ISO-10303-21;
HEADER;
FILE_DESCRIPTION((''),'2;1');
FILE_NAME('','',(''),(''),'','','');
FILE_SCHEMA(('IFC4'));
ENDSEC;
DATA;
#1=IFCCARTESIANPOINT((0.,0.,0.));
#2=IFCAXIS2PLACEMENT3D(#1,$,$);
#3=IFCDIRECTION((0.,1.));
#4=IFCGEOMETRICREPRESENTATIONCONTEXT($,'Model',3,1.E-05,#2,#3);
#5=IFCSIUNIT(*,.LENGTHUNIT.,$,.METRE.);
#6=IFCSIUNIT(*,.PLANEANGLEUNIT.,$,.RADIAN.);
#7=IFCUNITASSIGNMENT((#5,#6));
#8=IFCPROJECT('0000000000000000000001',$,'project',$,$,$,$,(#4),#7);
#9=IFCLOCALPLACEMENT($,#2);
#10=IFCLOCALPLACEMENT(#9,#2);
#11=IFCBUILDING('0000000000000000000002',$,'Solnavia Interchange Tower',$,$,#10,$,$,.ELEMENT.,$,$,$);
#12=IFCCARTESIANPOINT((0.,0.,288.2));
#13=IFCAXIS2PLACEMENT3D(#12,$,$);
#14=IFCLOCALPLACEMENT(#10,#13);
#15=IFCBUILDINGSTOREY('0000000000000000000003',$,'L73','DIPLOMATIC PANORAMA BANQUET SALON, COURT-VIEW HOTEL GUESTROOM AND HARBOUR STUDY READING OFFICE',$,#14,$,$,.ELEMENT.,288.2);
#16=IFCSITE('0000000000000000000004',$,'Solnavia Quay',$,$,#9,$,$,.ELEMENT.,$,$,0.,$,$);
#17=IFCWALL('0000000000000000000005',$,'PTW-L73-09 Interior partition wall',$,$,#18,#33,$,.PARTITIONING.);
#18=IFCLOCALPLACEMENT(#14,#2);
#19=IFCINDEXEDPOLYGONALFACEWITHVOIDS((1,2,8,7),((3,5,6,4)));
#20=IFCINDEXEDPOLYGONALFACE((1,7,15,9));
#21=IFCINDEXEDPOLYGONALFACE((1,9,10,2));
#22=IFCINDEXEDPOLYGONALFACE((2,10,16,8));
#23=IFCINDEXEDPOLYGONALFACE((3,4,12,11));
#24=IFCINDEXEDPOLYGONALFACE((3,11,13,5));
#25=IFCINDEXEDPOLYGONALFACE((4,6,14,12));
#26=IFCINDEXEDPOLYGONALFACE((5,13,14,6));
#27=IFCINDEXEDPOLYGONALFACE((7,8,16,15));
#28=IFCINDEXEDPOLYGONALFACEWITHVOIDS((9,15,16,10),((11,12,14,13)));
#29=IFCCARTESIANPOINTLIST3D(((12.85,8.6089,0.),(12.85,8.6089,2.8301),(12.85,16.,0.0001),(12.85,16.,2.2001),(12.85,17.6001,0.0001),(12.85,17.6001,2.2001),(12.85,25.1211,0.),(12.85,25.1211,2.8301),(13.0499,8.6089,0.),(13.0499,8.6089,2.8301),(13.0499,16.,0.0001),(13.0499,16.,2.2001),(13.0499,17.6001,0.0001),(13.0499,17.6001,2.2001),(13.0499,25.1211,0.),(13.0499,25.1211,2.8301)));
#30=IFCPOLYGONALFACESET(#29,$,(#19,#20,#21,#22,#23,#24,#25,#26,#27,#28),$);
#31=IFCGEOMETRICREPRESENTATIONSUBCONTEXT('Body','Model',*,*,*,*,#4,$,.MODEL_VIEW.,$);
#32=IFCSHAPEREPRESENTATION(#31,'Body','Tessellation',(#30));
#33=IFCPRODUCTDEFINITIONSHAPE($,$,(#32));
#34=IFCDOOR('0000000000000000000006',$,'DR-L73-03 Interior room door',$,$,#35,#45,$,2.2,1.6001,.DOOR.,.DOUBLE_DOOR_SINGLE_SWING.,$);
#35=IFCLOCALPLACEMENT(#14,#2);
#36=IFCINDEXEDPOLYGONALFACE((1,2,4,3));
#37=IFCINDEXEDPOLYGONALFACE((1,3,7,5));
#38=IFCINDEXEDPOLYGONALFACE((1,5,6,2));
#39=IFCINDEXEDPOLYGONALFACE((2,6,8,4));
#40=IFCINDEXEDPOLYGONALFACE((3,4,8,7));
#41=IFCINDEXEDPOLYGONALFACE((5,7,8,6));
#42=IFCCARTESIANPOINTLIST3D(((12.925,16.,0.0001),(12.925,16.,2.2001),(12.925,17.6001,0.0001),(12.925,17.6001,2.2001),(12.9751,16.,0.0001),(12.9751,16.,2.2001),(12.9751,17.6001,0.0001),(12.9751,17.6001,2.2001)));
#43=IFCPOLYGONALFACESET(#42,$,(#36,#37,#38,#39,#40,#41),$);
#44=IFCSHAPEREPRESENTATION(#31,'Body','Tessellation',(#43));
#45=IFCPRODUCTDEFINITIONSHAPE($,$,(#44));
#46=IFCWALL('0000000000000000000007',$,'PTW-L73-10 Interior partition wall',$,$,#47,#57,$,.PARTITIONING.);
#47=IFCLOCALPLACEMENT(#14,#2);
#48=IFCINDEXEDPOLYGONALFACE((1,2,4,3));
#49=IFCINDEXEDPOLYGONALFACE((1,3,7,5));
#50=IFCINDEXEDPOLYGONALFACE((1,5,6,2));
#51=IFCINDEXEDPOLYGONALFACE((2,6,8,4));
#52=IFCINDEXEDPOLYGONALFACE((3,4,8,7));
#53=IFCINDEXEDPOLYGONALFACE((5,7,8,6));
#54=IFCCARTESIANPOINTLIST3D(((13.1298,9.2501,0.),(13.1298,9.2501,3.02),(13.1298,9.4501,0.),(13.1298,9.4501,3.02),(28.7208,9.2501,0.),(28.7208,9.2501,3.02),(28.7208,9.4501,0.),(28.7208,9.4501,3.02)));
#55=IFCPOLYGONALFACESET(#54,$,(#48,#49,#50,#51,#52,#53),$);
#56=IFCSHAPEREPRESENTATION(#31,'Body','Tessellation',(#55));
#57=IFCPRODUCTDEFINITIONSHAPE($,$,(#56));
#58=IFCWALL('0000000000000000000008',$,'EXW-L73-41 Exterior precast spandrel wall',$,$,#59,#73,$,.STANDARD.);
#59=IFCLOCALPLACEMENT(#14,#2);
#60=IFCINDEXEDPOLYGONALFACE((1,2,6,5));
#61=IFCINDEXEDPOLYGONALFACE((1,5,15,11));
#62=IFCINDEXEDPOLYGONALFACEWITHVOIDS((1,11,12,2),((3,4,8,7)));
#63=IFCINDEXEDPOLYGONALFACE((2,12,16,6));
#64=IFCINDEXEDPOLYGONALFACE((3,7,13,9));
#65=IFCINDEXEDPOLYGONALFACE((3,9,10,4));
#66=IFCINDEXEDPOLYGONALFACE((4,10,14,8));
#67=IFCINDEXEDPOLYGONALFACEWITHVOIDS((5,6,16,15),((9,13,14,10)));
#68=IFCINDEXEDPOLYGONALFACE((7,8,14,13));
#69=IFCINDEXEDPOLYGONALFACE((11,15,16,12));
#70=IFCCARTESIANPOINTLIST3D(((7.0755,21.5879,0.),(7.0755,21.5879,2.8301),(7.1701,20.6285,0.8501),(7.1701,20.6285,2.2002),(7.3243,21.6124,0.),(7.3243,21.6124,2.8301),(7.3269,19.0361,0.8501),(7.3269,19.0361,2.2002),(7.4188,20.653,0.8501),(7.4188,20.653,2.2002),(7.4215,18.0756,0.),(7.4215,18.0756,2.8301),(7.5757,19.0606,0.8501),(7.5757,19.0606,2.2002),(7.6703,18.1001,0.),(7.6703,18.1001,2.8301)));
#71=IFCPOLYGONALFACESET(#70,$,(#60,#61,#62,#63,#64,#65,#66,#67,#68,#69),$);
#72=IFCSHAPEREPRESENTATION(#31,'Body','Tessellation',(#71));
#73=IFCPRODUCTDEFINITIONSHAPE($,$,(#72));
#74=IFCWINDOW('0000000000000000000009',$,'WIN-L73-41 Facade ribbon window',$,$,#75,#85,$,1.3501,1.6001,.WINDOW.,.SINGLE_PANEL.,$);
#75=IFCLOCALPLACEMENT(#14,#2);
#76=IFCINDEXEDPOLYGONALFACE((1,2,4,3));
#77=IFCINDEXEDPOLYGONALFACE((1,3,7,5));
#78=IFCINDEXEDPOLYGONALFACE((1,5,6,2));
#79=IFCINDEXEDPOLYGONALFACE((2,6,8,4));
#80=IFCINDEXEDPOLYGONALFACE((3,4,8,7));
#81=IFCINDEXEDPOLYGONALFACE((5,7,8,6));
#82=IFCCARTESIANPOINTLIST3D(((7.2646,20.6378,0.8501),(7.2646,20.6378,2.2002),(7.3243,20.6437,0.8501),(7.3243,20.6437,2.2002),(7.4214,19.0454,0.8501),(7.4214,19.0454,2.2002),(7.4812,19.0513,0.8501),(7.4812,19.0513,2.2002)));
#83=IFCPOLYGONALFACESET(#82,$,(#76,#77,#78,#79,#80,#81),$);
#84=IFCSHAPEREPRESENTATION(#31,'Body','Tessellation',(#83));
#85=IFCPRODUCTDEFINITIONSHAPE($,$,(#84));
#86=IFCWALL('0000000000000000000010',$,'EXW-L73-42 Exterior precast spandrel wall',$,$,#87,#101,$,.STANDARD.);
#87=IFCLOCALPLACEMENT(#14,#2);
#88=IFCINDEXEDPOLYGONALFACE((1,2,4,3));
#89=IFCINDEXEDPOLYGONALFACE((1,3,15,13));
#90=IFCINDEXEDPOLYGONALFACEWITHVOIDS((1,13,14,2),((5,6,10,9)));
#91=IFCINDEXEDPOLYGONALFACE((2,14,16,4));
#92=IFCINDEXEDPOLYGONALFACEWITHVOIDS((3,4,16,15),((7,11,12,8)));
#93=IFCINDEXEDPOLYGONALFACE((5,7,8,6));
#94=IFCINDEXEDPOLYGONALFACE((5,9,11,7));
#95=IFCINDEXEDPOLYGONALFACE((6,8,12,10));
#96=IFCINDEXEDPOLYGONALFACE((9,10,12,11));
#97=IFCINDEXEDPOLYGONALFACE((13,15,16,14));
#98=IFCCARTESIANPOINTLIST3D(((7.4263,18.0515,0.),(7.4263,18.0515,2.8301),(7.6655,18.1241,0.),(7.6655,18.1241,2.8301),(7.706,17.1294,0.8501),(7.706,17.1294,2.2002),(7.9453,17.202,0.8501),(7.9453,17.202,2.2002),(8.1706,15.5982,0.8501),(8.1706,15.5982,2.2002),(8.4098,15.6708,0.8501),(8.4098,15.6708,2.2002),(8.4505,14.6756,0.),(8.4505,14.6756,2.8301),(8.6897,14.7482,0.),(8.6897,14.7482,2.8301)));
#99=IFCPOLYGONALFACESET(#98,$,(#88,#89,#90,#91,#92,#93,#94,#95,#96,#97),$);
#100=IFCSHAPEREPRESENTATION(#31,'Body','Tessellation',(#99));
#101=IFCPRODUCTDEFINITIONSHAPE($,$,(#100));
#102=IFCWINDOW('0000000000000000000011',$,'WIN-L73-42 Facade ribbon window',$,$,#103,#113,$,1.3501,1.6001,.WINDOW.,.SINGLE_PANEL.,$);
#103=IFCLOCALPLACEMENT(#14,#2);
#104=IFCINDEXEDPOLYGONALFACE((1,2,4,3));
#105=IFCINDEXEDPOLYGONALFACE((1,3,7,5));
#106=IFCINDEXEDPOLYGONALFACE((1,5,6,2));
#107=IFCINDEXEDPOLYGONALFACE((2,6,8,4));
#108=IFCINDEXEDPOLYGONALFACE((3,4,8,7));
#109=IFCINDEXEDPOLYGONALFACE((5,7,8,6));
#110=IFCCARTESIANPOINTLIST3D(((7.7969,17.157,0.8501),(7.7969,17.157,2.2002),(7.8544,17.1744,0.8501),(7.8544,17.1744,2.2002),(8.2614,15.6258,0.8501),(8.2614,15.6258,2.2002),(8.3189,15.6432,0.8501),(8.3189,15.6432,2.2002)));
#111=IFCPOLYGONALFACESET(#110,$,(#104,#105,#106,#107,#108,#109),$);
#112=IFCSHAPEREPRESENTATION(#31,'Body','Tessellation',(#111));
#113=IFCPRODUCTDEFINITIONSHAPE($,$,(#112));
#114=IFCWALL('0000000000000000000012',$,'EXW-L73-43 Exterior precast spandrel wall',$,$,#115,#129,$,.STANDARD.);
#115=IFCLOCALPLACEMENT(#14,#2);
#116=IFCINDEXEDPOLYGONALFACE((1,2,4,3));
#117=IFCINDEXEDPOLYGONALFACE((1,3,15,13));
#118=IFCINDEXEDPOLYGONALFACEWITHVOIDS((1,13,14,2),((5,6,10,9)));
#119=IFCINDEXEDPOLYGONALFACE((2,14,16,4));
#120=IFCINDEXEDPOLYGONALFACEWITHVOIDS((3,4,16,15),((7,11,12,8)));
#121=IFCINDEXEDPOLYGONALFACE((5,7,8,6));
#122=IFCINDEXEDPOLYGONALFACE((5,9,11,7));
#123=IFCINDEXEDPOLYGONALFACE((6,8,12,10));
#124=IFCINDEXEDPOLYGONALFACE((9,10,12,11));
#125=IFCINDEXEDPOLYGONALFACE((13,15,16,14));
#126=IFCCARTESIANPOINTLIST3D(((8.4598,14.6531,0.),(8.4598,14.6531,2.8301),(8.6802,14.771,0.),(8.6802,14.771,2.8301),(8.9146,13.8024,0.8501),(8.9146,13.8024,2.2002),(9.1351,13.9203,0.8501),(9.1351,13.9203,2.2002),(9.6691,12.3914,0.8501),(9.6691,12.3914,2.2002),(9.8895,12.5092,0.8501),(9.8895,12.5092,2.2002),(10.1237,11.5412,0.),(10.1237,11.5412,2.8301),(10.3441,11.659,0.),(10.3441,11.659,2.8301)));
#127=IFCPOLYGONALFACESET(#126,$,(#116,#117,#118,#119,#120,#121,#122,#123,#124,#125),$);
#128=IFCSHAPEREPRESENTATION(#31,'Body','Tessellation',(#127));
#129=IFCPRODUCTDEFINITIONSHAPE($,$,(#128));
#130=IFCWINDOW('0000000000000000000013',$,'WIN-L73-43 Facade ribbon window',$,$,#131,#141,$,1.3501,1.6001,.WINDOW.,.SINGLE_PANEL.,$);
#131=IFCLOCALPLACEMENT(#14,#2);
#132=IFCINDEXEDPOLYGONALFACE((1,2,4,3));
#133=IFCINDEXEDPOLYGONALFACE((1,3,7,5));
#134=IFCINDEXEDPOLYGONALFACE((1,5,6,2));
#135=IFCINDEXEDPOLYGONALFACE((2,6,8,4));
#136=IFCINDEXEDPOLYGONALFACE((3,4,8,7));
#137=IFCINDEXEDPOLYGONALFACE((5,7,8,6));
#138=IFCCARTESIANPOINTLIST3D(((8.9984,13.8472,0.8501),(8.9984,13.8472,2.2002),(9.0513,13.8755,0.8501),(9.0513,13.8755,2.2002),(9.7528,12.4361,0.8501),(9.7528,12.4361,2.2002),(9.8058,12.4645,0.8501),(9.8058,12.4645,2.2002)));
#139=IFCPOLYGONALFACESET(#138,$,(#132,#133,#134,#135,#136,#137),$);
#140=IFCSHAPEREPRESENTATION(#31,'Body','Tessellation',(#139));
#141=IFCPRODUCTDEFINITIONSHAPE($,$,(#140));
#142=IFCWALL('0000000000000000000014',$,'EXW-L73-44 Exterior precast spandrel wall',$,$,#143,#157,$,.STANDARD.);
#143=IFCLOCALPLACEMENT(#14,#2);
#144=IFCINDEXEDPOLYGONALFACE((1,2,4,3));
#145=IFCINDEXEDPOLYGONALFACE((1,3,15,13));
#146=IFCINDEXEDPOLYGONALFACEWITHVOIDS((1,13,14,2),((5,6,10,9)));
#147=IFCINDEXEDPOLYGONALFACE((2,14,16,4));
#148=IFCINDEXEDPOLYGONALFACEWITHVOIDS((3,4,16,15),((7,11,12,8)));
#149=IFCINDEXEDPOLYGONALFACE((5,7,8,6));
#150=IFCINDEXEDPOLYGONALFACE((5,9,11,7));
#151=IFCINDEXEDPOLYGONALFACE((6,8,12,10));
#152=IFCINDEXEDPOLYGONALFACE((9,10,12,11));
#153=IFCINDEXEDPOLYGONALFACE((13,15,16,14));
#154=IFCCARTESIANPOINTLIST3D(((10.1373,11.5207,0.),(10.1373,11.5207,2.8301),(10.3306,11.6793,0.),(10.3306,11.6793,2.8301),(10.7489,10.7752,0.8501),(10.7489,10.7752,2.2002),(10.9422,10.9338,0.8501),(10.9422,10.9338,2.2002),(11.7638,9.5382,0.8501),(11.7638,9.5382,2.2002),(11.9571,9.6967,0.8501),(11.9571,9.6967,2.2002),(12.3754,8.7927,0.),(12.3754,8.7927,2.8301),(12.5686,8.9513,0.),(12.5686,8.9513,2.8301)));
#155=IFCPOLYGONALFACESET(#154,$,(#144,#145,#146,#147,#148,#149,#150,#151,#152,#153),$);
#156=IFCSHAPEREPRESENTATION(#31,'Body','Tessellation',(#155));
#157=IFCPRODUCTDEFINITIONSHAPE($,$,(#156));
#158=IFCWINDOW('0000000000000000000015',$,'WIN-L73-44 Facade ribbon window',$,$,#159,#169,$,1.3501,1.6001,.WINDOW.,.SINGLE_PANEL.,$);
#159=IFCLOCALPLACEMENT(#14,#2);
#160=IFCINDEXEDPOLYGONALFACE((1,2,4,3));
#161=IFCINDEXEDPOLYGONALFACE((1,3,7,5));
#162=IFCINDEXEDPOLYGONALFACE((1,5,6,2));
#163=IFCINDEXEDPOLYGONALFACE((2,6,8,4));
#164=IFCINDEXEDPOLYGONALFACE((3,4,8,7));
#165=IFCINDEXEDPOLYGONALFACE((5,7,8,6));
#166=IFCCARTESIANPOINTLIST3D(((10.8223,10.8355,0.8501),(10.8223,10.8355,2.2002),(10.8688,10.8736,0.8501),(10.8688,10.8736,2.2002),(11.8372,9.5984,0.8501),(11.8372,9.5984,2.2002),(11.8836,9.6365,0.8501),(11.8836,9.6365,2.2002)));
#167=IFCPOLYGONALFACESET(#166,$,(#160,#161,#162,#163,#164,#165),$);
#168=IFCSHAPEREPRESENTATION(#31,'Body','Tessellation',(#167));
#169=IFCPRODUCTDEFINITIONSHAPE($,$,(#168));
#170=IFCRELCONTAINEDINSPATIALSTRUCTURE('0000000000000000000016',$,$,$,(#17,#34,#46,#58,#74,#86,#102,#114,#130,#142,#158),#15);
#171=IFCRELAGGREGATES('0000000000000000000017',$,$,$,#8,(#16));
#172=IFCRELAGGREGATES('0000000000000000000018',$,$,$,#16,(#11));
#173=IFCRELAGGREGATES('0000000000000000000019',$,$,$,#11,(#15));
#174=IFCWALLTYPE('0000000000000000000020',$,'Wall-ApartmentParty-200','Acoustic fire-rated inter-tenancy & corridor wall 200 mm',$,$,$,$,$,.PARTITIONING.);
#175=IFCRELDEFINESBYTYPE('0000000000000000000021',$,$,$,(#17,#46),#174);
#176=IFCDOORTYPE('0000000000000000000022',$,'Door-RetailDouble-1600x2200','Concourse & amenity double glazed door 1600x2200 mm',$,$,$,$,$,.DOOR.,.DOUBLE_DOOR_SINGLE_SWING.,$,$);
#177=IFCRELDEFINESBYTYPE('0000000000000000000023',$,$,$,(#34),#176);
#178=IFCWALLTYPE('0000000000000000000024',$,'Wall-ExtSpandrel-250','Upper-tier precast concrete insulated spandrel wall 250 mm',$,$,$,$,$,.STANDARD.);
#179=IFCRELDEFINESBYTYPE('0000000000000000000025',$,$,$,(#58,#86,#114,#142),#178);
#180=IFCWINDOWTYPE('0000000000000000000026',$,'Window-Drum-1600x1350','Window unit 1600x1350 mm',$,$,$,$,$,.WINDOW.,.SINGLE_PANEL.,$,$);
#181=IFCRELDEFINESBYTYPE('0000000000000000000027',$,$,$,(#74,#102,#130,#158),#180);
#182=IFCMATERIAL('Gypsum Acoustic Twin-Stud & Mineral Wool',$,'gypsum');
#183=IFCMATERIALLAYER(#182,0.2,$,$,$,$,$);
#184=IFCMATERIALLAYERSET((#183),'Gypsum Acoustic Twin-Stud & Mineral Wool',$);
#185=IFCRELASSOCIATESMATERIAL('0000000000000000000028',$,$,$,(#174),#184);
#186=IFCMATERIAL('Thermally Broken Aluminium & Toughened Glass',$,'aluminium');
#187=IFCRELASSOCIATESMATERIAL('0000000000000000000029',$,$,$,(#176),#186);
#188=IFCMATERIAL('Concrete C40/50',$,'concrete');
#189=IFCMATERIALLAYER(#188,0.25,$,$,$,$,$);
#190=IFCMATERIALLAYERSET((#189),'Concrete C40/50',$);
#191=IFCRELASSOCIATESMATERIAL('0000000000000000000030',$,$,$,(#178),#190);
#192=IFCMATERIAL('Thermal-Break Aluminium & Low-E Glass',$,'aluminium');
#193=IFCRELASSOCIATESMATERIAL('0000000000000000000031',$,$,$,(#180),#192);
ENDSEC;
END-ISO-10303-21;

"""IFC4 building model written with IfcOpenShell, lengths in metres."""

from ifc_helpers import new_model, si_unit, direction, frame, frame_2d, origin, place, context, subcontext, project, spatial, rectangle, extrude, material, layer, layer_set, type_object, element, fill, save


model = new_model("IFC4")

# Units and contexts
model_context = context("Model", 3, precision=1e-05, world=origin(), true_north=direction((0.0, 1.0)))
body_context = subcontext(model_context, "Body", "Model", "MODEL_VIEW")
ifc_project = project(units=[si_unit("LENGTHUNIT", "METRE"), si_unit("PLANEANGLEUNIT", "RADIAN")], contexts=[model_context])

# Site, building, storey
site_placement = place(None, origin())
site = spatial("IfcSite", under=ifc_project, at=site_placement, Name="Solnavia Quay", CompositionType="ELEMENT", RefElevation=0.0)
building_placement = place(site_placement, origin())
building = spatial("IfcBuilding", under=site, at=building_placement, Name="Solnavia Interchange Tower", CompositionType="ELEMENT")
storey_placement = place(building_placement, frame((0.0, 0.0, 288.2)))
storey = spatial("IfcBuildingStorey", under=building, at=storey_placement, Name="L73", Description="DIPLOMATIC PANORAMA BANQUET SALON, COURT-VIEW HOTEL GUESTROOM AND HARBOUR STUDY READING OFFICE", CompositionType="ELEMENT", Elevation=288.2)

# Shared definitions
ifc_material_1 = material(Name="Concrete C40/50", Category="concrete")

# Wall, opening, door
ifc_material_2 = material(Name="Gypsum Acoustic Twin-Stud & Mineral Wool", Category="gypsum")
ifc_layer_1 = layer(ifc_material_2, 0.2)
ifc_layer_set_1 = layer_set([ifc_layer_1], Name="Gypsum Acoustic Twin-Stud & Mineral Wool")
wall_type_1 = type_object("IfcWallType", Name="Wall-ApartmentParty-200", Description="Acoustic fire-rated inter-tenancy & corridor wall 200 mm", PredefinedType="PARTITIONING", material=ifc_layer_set_1)
wall_1_placement = place(storey_placement, frame((12.95, 8.6089, 0.0), z_axis=(0.0, 0.0, 1.0), x_axis=(0.0, 1.0, 0.0)))
wall_1 = element("IfcWall", 1, at=wall_1_placement, inside=storey, type_object=wall_type_1, Name="PTW-L73-09 Interior partition wall", PredefinedType="PARTITIONING", context=body_context, shape_type="SweptSolid", body=[
    extrude(rectangle(XDim=16.5122, YDim=0.2, at=frame_2d((8.2561, 0.0))), origin(), (0.0, 0.0, 1.0), 2.8301),
])
opening_1_placement = place(wall_1_placement, frame((7.3911, 0.0, 0.0)))
opening_1 = element("IfcOpeningElement", 2, at=opening_1_placement, cuts=wall_1, PredefinedType="OPENING", context=body_context, shape_type="SweptSolid", body=[
    extrude(rectangle(XDim=1.6001, YDim=2.2, at=frame_2d((0.8, 1.1001))), frame((0.0, 0.1099, 0.0), z_axis=(0.0, -1.0, 0.0), x_axis=(1.0, 0.0, 0.0)), (0.0, 0.0, 1.0), 0.22),
])
ifc_material_3 = material(Name="Thermally Broken Aluminium & Toughened Glass", Category="aluminium")
door_type = type_object("IfcDoorType", Name="Door-RetailDouble-1600x2200", Description="Concourse & amenity double glazed door 1600x2200 mm", OperationType="DOUBLE_DOOR_SINGLE_SWING", PredefinedType="DOOR", material=ifc_material_3)
door_placement = place(opening_1_placement, origin())
door = element("IfcDoor", 3, at=door_placement, inside=storey, type_object=door_type, Name="DR-L73-03 Interior room door", OperationType="DOUBLE_DOOR_SINGLE_SWING", OverallHeight=2.2, OverallWidth=1.6001, PredefinedType="DOOR", context=body_context, shape_type="SweptSolid", body=[
    extrude(rectangle(XDim=1.6001, YDim=2.2, at=frame_2d((0.8, 1.1001))), frame((0.0, 0.0249, 0.0), z_axis=(0.0, -1.0, 0.0), x_axis=(1.0, 0.0, 0.0)), (0.0, 0.0, 1.0), 0.05),
])
fill(opening_1, door)

# Wall
wall_2_placement = place(storey_placement, frame((13.1299, 9.3501, 0.0), z_axis=(0.0, 0.0, 1.0), x_axis=(1.0, 0.0, 0.0)))
element("IfcWall", 4, at=wall_2_placement, inside=storey, type_object=wall_type_1, Name="PTW-L73-10 Interior partition wall", PredefinedType="PARTITIONING", context=body_context, shape_type="SweptSolid", body=[
    extrude(rectangle(XDim=15.5911, YDim=0.2, at=frame_2d((7.7954, 0.0))), origin(), (0.0, 0.0, 1.0), 3.02),
])

# Walls, openings, windows
ifc_layer_2 = layer(ifc_material_1, 0.25)
ifc_layer_set_2 = layer_set([ifc_layer_2], Name="Concrete C40/50")
wall_type_2 = type_object("IfcWallType", Name="Wall-ExtSpandrel-250", Description="Upper-tier precast concrete insulated spandrel wall 250 mm", PredefinedType="STANDARD", material=ifc_layer_set_2)
wall_3_placement = place(storey_placement, frame((7.5459, 18.0879, 0.0), z_axis=(0.0, 0.0, 1.0), x_axis=(-0.098024, 0.995184, 0.0)))
wall_3 = element("IfcWall", 5, at=wall_3_placement, inside=storey, type_object=wall_type_2, Name="EXW-L73-41 Exterior precast spandrel wall", PredefinedType="STANDARD", context=body_context, shape_type="SweptSolid", body=[
    extrude(rectangle(XDim=3.5293, YDim=0.25, at=frame_2d((1.7646, 0.0))), origin(), (0.0, 0.0, 1.0), 2.8301),
])
opening_2_placement = place(wall_3_placement, frame((0.9651, 0.0, 0.8501)))
opening_2 = element("IfcOpeningElement", 6, at=opening_2_placement, cuts=wall_3, PredefinedType="OPENING", context=body_context, shape_type="SweptSolid", body=[
    extrude(rectangle(XDim=1.6001, YDim=1.3501, at=frame_2d((0.8, 0.675))), frame((0.0, 0.135, 0.0), z_axis=(0.0, -1.0, 0.0), x_axis=(1.0, 0.0, 0.0)), (0.0, 0.0, 1.0), 0.27),
])
ifc_material_4 = material(Name="Thermal-Break Aluminium & Low-E Glass", Category="aluminium")
window_type = type_object("IfcWindowType", Name="Window-Drum-1600x1350", Description="Window unit 1600x1350 mm", PartitioningType="SINGLE_PANEL", PredefinedType="WINDOW", material=ifc_material_4)
window_1_placement = place(opening_2_placement, origin())
window_1 = element("IfcWindow", 7, at=window_1_placement, inside=storey, type_object=window_type, Name="WIN-L73-41 Facade ribbon window", OverallHeight=1.3501, OverallWidth=1.6001, PartitioningType="SINGLE_PANEL", PredefinedType="WINDOW", context=body_context, shape_type="SweptSolid", body=[
    extrude(rectangle(XDim=1.6001, YDim=1.3501, at=frame_2d((0.8, 0.675))), frame((0.0, 0.03, 0.0), z_axis=(0.0, -1.0, 0.0), x_axis=(1.0, 0.0, 0.0)), (0.0, 0.0, 1.0), 0.0601),
])
fill(opening_2, window_1)
wall_4_placement = place(storey_placement, frame((8.5701, 14.7119, 0.0), z_axis=(0.0, 0.0, 1.0), x_axis=(-0.290305, 0.956934, 0.0)))
wall_4 = element("IfcWall", 8, at=wall_4_placement, inside=storey, type_object=wall_type_2, Name="EXW-L73-42 Exterior precast spandrel wall", PredefinedType="STANDARD", context=body_context, shape_type="SweptSolid", body=[
    extrude(rectangle(XDim=3.5278, YDim=0.25, at=frame_2d((1.7639, 0.0))), origin(), (0.0, 0.0, 1.0), 2.8301),
])
opening_3_placement = place(wall_4_placement, frame((0.9641, 0.0, 0.8501)))
opening_3 = element("IfcOpeningElement", 9, at=opening_3_placement, cuts=wall_4, PredefinedType="OPENING", context=body_context, shape_type="SweptSolid", body=[
    extrude(rectangle(XDim=1.6001, YDim=1.3501, at=frame_2d((0.8, 0.675))), frame((0.0, 0.135, 0.0), z_axis=(0.0, -1.0, 0.0), x_axis=(1.0, 0.0, 0.0)), (0.0, 0.0, 1.0), 0.27),
])
window_2_placement = place(opening_3_placement, origin())
window_2 = element("IfcWindow", 10, at=window_2_placement, inside=storey, type_object=window_type, Name="WIN-L73-42 Facade ribbon window", OverallHeight=1.3501, OverallWidth=1.6001, PartitioningType="SINGLE_PANEL", PredefinedType="WINDOW", context=body_context, shape_type="SweptSolid", body=[
    extrude(rectangle(XDim=1.6001, YDim=1.3501, at=frame_2d((0.8, 0.675))), frame((0.0, 0.03, 0.0), z_axis=(0.0, -1.0, 0.0), x_axis=(1.0, 0.0, 0.0)), (0.0, 0.0, 1.0), 0.0601),
])
fill(opening_3, window_2)
wall_5_placement = place(storey_placement, frame((10.2339, 11.6001, 0.0), z_axis=(0.0, 0.0, 1.0), x_axis=(-0.471511, 0.88186, 0.0)))
wall_5 = element("IfcWall", 11, at=wall_5_placement, inside=storey, type_object=wall_type_2, Name="EXW-L73-43 Exterior precast spandrel wall", PredefinedType="STANDARD", context=body_context, shape_type="SweptSolid", body=[
    extrude(rectangle(XDim=3.5288, YDim=0.25, at=frame_2d((1.7644, 0.0))), origin(), (0.0, 0.0, 1.0), 2.8301),
])
opening_4_placement = place(wall_5_placement, frame((0.9641, 0.0, 0.8501)))
opening_4 = element("IfcOpeningElement", 12, at=opening_4_placement, cuts=wall_5, PredefinedType="OPENING", context=body_context, shape_type="SweptSolid", body=[
    extrude(rectangle(XDim=1.6001, YDim=1.3501, at=frame_2d((0.8, 0.675))), frame((0.0, 0.135, 0.0), z_axis=(0.0, -1.0, 0.0), x_axis=(1.0, 0.0, 0.0)), (0.0, 0.0, 1.0), 0.27),
])
window_3_placement = place(opening_4_placement, origin())
window_3 = element("IfcWindow", 13, at=window_3_placement, inside=storey, type_object=window_type, Name="WIN-L73-43 Facade ribbon window", OverallHeight=1.3501, OverallWidth=1.6001, PartitioningType="SINGLE_PANEL", PredefinedType="WINDOW", context=body_context, shape_type="SweptSolid", body=[
    extrude(rectangle(XDim=1.6001, YDim=1.3501, at=frame_2d((0.8, 0.675))), frame((0.0, 0.03, 0.0), z_axis=(0.0, -1.0, 0.0), x_axis=(1.0, 0.0, 0.0)), (0.0, 0.0, 1.0), 0.0601),
])
fill(opening_4, window_3)
wall_6_placement = place(storey_placement, frame((12.4719, 8.8721, 0.0), z_axis=(0.0, 0.0, 1.0), x_axis=(-0.634258, 0.773121, 0.0)))
wall_6 = element("IfcWall", 14, at=wall_6_placement, inside=storey, type_object=wall_type_2, Name="EXW-L73-44 Exterior precast spandrel wall", PredefinedType="STANDARD", context=body_context, shape_type="SweptSolid", body=[
    extrude(rectangle(XDim=3.5286, YDim=0.25, at=frame_2d((1.7642, 0.0))), origin(), (0.0, 0.0, 1.0), 2.8301),
])
opening_5_placement = place(wall_6_placement, frame((0.9641, 0.0, 0.8501)))
opening_5 = element("IfcOpeningElement", 15, at=opening_5_placement, cuts=wall_6, PredefinedType="OPENING", context=body_context, shape_type="SweptSolid", body=[
    extrude(rectangle(XDim=1.6001, YDim=1.3501, at=frame_2d((0.8, 0.675))), frame((0.0, 0.135, 0.0), z_axis=(0.0, -1.0, 0.0), x_axis=(1.0, 0.0, 0.0)), (0.0, 0.0, 1.0), 0.27),
])
window_4_placement = place(opening_5_placement, origin())
window_4 = element("IfcWindow", 16, at=window_4_placement, inside=storey, type_object=window_type, Name="WIN-L73-44 Facade ribbon window", OverallHeight=1.3501, OverallWidth=1.6001, PartitioningType="SINGLE_PANEL", PredefinedType="WINDOW", context=body_context, shape_type="SweptSolid", body=[
    extrude(rectangle(XDim=1.6001, YDim=1.3501, at=frame_2d((0.8, 0.675))), frame((0.0, 0.03, 0.0), z_axis=(0.0, -1.0, 0.0), x_axis=(1.0, 0.0, 0.0)), (0.0, 0.0, 1.0), 0.0601),
])
fill(opening_5, window_4)

save(model, "model.ifc")
